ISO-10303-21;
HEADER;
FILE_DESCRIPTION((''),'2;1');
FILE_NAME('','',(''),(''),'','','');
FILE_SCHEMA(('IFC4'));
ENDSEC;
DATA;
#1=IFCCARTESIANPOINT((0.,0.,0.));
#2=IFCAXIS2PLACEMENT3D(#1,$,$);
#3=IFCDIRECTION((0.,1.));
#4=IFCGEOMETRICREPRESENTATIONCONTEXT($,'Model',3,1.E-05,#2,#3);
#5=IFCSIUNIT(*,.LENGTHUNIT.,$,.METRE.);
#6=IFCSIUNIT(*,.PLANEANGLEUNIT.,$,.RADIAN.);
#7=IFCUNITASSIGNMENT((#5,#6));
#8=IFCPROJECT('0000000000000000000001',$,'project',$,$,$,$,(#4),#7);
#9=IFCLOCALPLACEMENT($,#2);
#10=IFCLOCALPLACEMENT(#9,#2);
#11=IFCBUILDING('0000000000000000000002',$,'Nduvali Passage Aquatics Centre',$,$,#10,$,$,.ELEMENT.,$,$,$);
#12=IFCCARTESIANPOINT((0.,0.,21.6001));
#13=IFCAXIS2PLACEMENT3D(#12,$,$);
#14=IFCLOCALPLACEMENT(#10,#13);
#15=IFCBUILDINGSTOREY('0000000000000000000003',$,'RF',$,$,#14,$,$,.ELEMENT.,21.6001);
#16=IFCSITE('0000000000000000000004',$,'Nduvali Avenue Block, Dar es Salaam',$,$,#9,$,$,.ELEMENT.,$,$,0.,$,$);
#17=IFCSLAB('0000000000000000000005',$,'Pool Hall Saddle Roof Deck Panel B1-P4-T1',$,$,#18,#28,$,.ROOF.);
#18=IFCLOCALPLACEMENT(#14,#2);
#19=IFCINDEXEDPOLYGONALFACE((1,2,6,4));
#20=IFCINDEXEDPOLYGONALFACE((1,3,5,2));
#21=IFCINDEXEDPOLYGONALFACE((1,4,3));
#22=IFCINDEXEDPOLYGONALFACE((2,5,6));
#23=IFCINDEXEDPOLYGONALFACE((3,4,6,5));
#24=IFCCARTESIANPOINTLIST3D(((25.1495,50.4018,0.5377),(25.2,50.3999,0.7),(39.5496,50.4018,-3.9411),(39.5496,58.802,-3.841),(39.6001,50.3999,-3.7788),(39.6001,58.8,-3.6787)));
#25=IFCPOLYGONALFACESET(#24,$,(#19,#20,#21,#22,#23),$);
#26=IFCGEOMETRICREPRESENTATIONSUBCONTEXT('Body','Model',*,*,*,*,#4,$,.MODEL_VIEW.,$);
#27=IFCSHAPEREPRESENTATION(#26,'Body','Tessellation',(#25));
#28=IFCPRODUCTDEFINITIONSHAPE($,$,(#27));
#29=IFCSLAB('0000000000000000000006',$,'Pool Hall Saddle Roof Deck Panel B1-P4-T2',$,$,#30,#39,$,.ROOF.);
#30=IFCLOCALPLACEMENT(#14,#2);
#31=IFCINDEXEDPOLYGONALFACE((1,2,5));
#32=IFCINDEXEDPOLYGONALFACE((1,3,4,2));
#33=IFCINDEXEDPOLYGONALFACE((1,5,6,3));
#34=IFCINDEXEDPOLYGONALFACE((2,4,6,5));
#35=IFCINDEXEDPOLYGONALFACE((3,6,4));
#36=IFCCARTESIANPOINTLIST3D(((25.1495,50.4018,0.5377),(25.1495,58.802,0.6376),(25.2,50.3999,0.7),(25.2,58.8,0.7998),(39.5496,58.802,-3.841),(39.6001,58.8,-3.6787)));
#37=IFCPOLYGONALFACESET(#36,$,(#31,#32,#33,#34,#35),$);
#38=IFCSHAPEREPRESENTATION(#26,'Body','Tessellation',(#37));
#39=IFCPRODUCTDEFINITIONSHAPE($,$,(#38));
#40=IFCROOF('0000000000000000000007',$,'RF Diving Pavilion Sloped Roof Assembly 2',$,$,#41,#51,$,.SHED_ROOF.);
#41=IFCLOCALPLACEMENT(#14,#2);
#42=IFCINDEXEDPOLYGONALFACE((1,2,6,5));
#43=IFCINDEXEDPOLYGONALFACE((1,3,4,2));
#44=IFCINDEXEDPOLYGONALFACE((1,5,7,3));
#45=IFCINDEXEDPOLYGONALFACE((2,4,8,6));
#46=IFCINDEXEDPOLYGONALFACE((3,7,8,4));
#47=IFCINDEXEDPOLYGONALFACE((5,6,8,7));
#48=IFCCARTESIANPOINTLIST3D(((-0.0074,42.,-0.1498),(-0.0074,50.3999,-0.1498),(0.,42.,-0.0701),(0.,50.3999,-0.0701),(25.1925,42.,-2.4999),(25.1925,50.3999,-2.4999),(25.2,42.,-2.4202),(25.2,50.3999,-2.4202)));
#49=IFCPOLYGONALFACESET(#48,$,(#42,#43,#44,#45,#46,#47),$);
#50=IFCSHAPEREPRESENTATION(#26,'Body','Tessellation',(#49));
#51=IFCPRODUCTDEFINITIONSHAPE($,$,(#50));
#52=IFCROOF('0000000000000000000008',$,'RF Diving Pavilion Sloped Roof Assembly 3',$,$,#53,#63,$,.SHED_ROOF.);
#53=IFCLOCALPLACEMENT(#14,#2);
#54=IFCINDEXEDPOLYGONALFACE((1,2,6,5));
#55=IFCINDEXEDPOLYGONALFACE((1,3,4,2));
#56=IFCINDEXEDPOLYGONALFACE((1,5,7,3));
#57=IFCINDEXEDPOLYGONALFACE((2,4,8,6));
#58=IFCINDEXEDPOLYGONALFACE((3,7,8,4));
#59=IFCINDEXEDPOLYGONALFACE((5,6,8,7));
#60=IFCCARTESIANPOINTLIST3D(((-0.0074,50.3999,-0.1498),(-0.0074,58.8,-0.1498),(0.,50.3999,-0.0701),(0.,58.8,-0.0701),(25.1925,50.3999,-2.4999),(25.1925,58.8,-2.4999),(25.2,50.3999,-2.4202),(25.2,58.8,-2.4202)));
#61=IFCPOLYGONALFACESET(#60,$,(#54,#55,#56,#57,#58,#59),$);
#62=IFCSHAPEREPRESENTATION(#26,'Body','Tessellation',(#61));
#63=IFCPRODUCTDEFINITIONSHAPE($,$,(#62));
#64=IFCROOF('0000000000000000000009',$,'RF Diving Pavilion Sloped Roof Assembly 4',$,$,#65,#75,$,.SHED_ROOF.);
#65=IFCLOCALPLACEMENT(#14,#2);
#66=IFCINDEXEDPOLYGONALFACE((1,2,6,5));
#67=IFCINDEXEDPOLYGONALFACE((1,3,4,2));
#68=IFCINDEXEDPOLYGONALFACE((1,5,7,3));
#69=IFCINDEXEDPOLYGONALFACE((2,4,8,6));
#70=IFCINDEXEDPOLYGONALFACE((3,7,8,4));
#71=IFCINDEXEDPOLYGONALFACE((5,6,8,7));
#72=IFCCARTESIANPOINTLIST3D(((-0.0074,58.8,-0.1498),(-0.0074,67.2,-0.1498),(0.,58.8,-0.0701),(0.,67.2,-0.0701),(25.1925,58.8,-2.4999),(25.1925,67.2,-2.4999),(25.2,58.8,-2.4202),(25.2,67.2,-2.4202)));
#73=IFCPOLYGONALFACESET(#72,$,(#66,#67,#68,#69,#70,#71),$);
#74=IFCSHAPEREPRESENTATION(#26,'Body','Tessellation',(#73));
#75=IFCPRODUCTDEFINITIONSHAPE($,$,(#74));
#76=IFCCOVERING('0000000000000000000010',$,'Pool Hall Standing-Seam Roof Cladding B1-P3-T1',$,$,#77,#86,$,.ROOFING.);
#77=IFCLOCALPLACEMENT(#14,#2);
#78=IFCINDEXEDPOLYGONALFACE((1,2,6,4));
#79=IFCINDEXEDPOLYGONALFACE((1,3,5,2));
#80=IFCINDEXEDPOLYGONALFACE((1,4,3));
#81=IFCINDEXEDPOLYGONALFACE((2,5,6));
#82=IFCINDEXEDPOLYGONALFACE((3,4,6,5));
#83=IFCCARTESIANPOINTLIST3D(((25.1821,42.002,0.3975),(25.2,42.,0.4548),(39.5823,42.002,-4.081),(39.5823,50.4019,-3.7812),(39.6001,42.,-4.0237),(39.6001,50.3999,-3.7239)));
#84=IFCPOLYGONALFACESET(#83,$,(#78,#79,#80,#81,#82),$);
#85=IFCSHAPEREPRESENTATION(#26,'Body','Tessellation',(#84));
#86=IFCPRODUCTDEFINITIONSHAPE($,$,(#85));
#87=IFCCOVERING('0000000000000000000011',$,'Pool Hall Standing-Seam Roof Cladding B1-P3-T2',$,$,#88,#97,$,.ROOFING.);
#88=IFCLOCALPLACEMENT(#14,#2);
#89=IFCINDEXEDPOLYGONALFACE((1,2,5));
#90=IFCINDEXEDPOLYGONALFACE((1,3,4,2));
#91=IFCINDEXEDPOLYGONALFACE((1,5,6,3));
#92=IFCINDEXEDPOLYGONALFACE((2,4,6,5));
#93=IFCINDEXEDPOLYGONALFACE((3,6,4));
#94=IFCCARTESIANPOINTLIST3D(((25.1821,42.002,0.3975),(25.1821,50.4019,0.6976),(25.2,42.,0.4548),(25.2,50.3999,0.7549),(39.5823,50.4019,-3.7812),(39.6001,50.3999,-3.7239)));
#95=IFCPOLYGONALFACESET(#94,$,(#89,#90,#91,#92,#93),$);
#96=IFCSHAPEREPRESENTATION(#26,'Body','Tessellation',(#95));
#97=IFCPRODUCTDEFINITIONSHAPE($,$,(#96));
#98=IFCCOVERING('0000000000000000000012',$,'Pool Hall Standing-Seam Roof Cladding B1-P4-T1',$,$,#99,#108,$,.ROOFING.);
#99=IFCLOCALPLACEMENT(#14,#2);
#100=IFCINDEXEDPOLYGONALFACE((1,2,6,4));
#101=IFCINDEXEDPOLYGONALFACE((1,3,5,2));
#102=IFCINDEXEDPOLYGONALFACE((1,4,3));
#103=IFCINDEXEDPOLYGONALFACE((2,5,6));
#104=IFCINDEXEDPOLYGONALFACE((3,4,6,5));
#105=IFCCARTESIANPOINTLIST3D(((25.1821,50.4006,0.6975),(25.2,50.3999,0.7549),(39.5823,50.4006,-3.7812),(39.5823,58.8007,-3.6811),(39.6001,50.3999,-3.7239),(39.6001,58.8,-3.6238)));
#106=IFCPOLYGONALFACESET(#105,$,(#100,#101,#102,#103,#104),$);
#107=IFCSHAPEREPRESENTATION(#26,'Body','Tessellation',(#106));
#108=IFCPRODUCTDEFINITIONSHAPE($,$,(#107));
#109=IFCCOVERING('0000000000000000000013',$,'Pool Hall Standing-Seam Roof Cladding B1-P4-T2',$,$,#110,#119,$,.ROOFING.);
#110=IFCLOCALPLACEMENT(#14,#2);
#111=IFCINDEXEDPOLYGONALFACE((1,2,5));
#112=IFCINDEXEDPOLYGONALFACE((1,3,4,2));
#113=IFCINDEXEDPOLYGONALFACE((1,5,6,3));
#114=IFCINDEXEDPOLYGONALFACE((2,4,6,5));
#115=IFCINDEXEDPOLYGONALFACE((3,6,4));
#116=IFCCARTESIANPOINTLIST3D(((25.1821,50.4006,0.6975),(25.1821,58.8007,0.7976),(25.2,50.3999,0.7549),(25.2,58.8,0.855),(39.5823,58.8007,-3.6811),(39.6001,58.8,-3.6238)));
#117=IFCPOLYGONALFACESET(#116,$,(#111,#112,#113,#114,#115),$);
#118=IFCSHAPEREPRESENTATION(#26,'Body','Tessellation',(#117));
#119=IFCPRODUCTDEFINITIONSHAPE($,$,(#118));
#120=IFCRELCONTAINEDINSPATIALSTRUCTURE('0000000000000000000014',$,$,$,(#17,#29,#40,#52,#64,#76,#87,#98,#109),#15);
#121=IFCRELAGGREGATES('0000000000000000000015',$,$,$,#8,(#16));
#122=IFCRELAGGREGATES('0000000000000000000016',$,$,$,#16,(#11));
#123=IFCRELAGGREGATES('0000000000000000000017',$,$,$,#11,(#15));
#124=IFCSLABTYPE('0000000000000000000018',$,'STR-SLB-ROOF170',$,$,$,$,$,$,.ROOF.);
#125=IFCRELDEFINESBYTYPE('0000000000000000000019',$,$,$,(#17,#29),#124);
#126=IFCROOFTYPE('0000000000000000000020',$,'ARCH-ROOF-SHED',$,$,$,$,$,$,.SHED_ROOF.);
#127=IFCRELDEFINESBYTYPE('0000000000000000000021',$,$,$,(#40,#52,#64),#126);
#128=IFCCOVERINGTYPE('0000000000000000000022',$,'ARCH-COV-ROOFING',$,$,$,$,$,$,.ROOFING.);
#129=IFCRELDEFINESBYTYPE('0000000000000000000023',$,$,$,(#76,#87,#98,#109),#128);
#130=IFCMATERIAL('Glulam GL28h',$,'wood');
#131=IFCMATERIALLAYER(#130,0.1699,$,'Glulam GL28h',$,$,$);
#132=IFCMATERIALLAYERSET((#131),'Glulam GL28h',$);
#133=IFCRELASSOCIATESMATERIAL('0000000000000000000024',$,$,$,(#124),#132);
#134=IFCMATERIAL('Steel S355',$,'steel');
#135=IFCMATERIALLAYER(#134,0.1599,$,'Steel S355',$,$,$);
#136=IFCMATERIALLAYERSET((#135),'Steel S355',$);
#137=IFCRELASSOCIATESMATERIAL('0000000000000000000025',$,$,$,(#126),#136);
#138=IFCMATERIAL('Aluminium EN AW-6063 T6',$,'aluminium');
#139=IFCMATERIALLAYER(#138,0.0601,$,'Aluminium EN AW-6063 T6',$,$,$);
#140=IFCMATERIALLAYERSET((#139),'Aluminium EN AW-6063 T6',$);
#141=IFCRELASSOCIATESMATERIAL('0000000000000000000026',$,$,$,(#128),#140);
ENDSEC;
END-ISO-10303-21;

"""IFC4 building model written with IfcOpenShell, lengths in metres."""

from ifc_helpers import new_model, si_unit, direction, frame, origin, place, context, subcontext, project, spatial, polyline, outline, extrude, material, layer, layer_set, type_object, element, save


model = new_model("IFC4")

# Units and contexts
model_context = context("Model", 3, precision=1e-05, world=origin(), true_north=direction((0.0, 1.0)))
body_context = subcontext(model_context, "Body", "Model", "MODEL_VIEW")
ifc_project = project(units=[si_unit("LENGTHUNIT", "METRE"), si_unit("PLANEANGLEUNIT", "RADIAN")], contexts=[model_context])

# Site, building, storey
site_placement = place(None, origin())
site = spatial("IfcSite", under=ifc_project, at=site_placement, Name="Nduvali Avenue Block, Dar es Salaam", CompositionType="ELEMENT", RefElevation=0.0)
building_placement = place(site_placement, origin())
building = spatial("IfcBuilding", under=site, at=building_placement, Name="Nduvali Passage Aquatics Centre", CompositionType="ELEMENT")
storey_placement = place(building_placement, frame((0.0, 0.0, 21.6001)))
storey = spatial("IfcBuildingStorey", under=building, at=storey_placement, Name="RF", CompositionType="ELEMENT", Elevation=21.6001)

# Shared definitions
ifc_material_1 = material(Name="Steel S355", Category="steel")

# Shared definitions
ifc_material_2 = material(Name="Glulam GL28h", Category="wood")

# Slabs
ifc_layer_1 = layer(ifc_material_2, 0.1699, Name="Glulam GL28h")
ifc_layer_set_1 = layer_set([ifc_layer_1], Name="Glulam GL28h")
slab_type_1 = type_object("IfcSlabType", Name="STR-SLB-ROOF170", PredefinedType="ROOF", material=ifc_layer_set_1)
slab_1_placement = place(storey_placement, frame((25.2, 50.3999, 0.7), z_axis=(0.29697, -0.011378, 0.954819), x_axis=(0.954881, 0.0, -0.296989)))
element("IfcSlab", 1, at=slab_1_placement, inside=storey, type_object=slab_type_1, Name="Pool Hall Saddle Roof Deck Panel B1-P4-T1", PredefinedType="ROOF", context=body_context, shape_type="SweptSolid", body=[
    extrude(outline(polyline([(0.0, 0.0), (15.0806, 0.0), (15.0508, 8.4007), (0.0, 0.0)])), origin(), (0.0, 0.0, -1.0), 0.1699),
])
slab_2_placement = place(storey_placement, frame((25.2, 50.3999, 0.7), z_axis=(0.296955, -0.01135, 0.954824), x_axis=(0.835442, 0.487344, -0.254033)))
element("IfcSlab", 2, at=slab_2_placement, inside=storey, type_object=slab_type_1, Name="Pool Hall Saddle Roof Deck Panel B1-P4-T2", PredefinedType="ROOF", context=body_context, shape_type="SweptSolid", body=[
    extrude(outline(polyline([(0.0, 0.0), (17.2366, 0.0), (4.0684, 7.3499), (0.0, 0.0)])), origin(), (0.0, 0.0, -1.0), 0.1699),
])

# Roofs
ifc_layer_2 = layer(ifc_material_1, 0.1599, Name="Steel S355")
ifc_layer_set_2 = layer_set([ifc_layer_2], Name="Steel S355")
roof_type = type_object("IfcRoofType", Name="ARCH-ROOF-SHED", PredefinedType="SHED_ROOF", material=ifc_layer_set_2)
roof_1_placement = place(storey_placement, frame((0.0, 42.0, -0.0701), z_axis=(0.092855, 0.0, 0.99568), x_axis=(0.99568, 0.0, -0.092855)))
element("IfcRoof", 3, at=roof_1_placement, inside=storey, type_object=roof_type, Name="RF Diving Pavilion Sloped Roof Assembly 2", PredefinedType="SHED_ROOF", context=body_context, shape_type="SweptSolid", body=[
    extrude(outline(polyline([(0.0, 0.0), (25.3093, 0.0), (25.3093, 8.3999), (0.0, 8.3999), (0.0, 0.0)])), origin(), (0.0, 0.0, -1.0), 0.0801),
])
roof_2_placement = place(storey_placement, frame((0.0, 50.3999, -0.0701), z_axis=(0.092855, 0.0, 0.99568), x_axis=(0.99568, 0.0, -0.092855)))
element("IfcRoof", 4, at=roof_2_placement, inside=storey, type_object=roof_type, Name="RF Diving Pavilion Sloped Roof Assembly 3", PredefinedType="SHED_ROOF", context=body_context, shape_type="SweptSolid", body=[
    extrude(outline(polyline([(0.0, 0.0), (25.3093, 0.0), (25.3093, 8.4001), (0.0, 8.4001), (0.0, 0.0)])), origin(), (0.0, 0.0, -1.0), 0.0801),
])
roof_3_placement = place(storey_placement, frame((0.0, 58.8, -0.0701), z_axis=(0.092855, 0.0, 0.99568), x_axis=(0.99568, 0.0, -0.092855)))
element("IfcRoof", 5, at=roof_3_placement, inside=storey, type_object=roof_type, Name="RF Diving Pavilion Sloped Roof Assembly 4", PredefinedType="SHED_ROOF", context=body_context, shape_type="SweptSolid", body=[
    extrude(outline(polyline([(0.0, 0.0), (25.3093, 0.0), (25.3093, 8.3999), (0.0, 8.3999), (0.0, 0.0)])), origin(), (0.0, 0.0, -1.0), 0.0801),
])

# Coverings
ifc_material_3 = material(Name="Aluminium EN AW-6063 T6", Category="aluminium")
ifc_layer_3 = layer(ifc_material_3, 0.0601, Name="Aluminium EN AW-6063 T6")
ifc_layer_set_3 = layer_set([ifc_layer_3], Name="Aluminium EN AW-6063 T6")
covering_type = type_object("IfcCoveringType", Name="ARCH-COV-ROOFING", PredefinedType="ROOFING", material=ifc_layer_set_3)
covering_1_placement = place(storey_placement, frame((25.2, 42.0, 0.4548), z_axis=(0.296802, -0.034061, 0.954331), x_axis=(0.954886, 0.0, -0.296974)))
element("IfcCovering", 6, at=covering_1_placement, inside=storey, type_object=covering_type, Name="Pool Hall Standing-Seam Roof Cladding B1-P3-T1", PredefinedType="ROOFING", context=body_context, shape_type="SweptSolid", body=[
    extrude(outline(polyline([(0.0, 0.0), (15.0805, 0.0), (14.9915, 8.4048), (0.0, 0.0)])), origin(), (0.0, 0.0, -1.0), 0.0601),
])
covering_2_placement = place(storey_placement, frame((25.2, 42.0, 0.4548), z_axis=(0.296816, -0.034089, 0.954326), x_axis=(0.837864, 0.488743, -0.243136)))
element("IfcCovering", 7, at=covering_2_placement, inside=storey, type_object=covering_type, Name="Pool Hall Standing-Seam Roof Cladding B1-P3-T2", PredefinedType="ROOFING", context=body_context, shape_type="SweptSolid", body=[
    extrude(outline(polyline([(0.0, 0.0), (17.1867, 0.0), (4.0324, 7.3748), (0.0, 0.0)])), origin(), (0.0, 0.0, -1.0), 0.0601),
])
covering_3_placement = place(storey_placement, frame((25.2, 50.3999, 0.7549), z_axis=(0.29697, -0.011378, 0.954819), x_axis=(0.954881, 0.0, -0.296989)))
element("IfcCovering", 8, at=covering_3_placement, inside=storey, type_object=covering_type, Name="Pool Hall Standing-Seam Roof Cladding B1-P4-T1", PredefinedType="ROOFING", context=body_context, shape_type="SweptSolid", body=[
    extrude(outline(polyline([(0.0, 0.0), (15.0806, 0.0), (15.0508, 8.4007), (0.0, 0.0)])), origin(), (0.0, 0.0, -1.0), 0.0601),
])
covering_4_placement = place(storey_placement, frame((25.2, 50.3999, 0.7549), z_axis=(0.29697, -0.011378, 0.954819), x_axis=(0.835442, 0.487344, -0.254033)))
element("IfcCovering", 9, at=covering_4_placement, inside=storey, type_object=covering_type, Name="Pool Hall Standing-Seam Roof Cladding B1-P4-T2", PredefinedType="ROOFING", context=body_context, shape_type="SweptSolid", body=[
    extrude(outline(polyline([(0.0, 0.0), (17.2366, 0.0), (4.0683, 7.3499), (0.0, 0.0)])), origin(), (0.0, 0.0, -1.0), 0.0601),
])

save(model, "model.ifc")
